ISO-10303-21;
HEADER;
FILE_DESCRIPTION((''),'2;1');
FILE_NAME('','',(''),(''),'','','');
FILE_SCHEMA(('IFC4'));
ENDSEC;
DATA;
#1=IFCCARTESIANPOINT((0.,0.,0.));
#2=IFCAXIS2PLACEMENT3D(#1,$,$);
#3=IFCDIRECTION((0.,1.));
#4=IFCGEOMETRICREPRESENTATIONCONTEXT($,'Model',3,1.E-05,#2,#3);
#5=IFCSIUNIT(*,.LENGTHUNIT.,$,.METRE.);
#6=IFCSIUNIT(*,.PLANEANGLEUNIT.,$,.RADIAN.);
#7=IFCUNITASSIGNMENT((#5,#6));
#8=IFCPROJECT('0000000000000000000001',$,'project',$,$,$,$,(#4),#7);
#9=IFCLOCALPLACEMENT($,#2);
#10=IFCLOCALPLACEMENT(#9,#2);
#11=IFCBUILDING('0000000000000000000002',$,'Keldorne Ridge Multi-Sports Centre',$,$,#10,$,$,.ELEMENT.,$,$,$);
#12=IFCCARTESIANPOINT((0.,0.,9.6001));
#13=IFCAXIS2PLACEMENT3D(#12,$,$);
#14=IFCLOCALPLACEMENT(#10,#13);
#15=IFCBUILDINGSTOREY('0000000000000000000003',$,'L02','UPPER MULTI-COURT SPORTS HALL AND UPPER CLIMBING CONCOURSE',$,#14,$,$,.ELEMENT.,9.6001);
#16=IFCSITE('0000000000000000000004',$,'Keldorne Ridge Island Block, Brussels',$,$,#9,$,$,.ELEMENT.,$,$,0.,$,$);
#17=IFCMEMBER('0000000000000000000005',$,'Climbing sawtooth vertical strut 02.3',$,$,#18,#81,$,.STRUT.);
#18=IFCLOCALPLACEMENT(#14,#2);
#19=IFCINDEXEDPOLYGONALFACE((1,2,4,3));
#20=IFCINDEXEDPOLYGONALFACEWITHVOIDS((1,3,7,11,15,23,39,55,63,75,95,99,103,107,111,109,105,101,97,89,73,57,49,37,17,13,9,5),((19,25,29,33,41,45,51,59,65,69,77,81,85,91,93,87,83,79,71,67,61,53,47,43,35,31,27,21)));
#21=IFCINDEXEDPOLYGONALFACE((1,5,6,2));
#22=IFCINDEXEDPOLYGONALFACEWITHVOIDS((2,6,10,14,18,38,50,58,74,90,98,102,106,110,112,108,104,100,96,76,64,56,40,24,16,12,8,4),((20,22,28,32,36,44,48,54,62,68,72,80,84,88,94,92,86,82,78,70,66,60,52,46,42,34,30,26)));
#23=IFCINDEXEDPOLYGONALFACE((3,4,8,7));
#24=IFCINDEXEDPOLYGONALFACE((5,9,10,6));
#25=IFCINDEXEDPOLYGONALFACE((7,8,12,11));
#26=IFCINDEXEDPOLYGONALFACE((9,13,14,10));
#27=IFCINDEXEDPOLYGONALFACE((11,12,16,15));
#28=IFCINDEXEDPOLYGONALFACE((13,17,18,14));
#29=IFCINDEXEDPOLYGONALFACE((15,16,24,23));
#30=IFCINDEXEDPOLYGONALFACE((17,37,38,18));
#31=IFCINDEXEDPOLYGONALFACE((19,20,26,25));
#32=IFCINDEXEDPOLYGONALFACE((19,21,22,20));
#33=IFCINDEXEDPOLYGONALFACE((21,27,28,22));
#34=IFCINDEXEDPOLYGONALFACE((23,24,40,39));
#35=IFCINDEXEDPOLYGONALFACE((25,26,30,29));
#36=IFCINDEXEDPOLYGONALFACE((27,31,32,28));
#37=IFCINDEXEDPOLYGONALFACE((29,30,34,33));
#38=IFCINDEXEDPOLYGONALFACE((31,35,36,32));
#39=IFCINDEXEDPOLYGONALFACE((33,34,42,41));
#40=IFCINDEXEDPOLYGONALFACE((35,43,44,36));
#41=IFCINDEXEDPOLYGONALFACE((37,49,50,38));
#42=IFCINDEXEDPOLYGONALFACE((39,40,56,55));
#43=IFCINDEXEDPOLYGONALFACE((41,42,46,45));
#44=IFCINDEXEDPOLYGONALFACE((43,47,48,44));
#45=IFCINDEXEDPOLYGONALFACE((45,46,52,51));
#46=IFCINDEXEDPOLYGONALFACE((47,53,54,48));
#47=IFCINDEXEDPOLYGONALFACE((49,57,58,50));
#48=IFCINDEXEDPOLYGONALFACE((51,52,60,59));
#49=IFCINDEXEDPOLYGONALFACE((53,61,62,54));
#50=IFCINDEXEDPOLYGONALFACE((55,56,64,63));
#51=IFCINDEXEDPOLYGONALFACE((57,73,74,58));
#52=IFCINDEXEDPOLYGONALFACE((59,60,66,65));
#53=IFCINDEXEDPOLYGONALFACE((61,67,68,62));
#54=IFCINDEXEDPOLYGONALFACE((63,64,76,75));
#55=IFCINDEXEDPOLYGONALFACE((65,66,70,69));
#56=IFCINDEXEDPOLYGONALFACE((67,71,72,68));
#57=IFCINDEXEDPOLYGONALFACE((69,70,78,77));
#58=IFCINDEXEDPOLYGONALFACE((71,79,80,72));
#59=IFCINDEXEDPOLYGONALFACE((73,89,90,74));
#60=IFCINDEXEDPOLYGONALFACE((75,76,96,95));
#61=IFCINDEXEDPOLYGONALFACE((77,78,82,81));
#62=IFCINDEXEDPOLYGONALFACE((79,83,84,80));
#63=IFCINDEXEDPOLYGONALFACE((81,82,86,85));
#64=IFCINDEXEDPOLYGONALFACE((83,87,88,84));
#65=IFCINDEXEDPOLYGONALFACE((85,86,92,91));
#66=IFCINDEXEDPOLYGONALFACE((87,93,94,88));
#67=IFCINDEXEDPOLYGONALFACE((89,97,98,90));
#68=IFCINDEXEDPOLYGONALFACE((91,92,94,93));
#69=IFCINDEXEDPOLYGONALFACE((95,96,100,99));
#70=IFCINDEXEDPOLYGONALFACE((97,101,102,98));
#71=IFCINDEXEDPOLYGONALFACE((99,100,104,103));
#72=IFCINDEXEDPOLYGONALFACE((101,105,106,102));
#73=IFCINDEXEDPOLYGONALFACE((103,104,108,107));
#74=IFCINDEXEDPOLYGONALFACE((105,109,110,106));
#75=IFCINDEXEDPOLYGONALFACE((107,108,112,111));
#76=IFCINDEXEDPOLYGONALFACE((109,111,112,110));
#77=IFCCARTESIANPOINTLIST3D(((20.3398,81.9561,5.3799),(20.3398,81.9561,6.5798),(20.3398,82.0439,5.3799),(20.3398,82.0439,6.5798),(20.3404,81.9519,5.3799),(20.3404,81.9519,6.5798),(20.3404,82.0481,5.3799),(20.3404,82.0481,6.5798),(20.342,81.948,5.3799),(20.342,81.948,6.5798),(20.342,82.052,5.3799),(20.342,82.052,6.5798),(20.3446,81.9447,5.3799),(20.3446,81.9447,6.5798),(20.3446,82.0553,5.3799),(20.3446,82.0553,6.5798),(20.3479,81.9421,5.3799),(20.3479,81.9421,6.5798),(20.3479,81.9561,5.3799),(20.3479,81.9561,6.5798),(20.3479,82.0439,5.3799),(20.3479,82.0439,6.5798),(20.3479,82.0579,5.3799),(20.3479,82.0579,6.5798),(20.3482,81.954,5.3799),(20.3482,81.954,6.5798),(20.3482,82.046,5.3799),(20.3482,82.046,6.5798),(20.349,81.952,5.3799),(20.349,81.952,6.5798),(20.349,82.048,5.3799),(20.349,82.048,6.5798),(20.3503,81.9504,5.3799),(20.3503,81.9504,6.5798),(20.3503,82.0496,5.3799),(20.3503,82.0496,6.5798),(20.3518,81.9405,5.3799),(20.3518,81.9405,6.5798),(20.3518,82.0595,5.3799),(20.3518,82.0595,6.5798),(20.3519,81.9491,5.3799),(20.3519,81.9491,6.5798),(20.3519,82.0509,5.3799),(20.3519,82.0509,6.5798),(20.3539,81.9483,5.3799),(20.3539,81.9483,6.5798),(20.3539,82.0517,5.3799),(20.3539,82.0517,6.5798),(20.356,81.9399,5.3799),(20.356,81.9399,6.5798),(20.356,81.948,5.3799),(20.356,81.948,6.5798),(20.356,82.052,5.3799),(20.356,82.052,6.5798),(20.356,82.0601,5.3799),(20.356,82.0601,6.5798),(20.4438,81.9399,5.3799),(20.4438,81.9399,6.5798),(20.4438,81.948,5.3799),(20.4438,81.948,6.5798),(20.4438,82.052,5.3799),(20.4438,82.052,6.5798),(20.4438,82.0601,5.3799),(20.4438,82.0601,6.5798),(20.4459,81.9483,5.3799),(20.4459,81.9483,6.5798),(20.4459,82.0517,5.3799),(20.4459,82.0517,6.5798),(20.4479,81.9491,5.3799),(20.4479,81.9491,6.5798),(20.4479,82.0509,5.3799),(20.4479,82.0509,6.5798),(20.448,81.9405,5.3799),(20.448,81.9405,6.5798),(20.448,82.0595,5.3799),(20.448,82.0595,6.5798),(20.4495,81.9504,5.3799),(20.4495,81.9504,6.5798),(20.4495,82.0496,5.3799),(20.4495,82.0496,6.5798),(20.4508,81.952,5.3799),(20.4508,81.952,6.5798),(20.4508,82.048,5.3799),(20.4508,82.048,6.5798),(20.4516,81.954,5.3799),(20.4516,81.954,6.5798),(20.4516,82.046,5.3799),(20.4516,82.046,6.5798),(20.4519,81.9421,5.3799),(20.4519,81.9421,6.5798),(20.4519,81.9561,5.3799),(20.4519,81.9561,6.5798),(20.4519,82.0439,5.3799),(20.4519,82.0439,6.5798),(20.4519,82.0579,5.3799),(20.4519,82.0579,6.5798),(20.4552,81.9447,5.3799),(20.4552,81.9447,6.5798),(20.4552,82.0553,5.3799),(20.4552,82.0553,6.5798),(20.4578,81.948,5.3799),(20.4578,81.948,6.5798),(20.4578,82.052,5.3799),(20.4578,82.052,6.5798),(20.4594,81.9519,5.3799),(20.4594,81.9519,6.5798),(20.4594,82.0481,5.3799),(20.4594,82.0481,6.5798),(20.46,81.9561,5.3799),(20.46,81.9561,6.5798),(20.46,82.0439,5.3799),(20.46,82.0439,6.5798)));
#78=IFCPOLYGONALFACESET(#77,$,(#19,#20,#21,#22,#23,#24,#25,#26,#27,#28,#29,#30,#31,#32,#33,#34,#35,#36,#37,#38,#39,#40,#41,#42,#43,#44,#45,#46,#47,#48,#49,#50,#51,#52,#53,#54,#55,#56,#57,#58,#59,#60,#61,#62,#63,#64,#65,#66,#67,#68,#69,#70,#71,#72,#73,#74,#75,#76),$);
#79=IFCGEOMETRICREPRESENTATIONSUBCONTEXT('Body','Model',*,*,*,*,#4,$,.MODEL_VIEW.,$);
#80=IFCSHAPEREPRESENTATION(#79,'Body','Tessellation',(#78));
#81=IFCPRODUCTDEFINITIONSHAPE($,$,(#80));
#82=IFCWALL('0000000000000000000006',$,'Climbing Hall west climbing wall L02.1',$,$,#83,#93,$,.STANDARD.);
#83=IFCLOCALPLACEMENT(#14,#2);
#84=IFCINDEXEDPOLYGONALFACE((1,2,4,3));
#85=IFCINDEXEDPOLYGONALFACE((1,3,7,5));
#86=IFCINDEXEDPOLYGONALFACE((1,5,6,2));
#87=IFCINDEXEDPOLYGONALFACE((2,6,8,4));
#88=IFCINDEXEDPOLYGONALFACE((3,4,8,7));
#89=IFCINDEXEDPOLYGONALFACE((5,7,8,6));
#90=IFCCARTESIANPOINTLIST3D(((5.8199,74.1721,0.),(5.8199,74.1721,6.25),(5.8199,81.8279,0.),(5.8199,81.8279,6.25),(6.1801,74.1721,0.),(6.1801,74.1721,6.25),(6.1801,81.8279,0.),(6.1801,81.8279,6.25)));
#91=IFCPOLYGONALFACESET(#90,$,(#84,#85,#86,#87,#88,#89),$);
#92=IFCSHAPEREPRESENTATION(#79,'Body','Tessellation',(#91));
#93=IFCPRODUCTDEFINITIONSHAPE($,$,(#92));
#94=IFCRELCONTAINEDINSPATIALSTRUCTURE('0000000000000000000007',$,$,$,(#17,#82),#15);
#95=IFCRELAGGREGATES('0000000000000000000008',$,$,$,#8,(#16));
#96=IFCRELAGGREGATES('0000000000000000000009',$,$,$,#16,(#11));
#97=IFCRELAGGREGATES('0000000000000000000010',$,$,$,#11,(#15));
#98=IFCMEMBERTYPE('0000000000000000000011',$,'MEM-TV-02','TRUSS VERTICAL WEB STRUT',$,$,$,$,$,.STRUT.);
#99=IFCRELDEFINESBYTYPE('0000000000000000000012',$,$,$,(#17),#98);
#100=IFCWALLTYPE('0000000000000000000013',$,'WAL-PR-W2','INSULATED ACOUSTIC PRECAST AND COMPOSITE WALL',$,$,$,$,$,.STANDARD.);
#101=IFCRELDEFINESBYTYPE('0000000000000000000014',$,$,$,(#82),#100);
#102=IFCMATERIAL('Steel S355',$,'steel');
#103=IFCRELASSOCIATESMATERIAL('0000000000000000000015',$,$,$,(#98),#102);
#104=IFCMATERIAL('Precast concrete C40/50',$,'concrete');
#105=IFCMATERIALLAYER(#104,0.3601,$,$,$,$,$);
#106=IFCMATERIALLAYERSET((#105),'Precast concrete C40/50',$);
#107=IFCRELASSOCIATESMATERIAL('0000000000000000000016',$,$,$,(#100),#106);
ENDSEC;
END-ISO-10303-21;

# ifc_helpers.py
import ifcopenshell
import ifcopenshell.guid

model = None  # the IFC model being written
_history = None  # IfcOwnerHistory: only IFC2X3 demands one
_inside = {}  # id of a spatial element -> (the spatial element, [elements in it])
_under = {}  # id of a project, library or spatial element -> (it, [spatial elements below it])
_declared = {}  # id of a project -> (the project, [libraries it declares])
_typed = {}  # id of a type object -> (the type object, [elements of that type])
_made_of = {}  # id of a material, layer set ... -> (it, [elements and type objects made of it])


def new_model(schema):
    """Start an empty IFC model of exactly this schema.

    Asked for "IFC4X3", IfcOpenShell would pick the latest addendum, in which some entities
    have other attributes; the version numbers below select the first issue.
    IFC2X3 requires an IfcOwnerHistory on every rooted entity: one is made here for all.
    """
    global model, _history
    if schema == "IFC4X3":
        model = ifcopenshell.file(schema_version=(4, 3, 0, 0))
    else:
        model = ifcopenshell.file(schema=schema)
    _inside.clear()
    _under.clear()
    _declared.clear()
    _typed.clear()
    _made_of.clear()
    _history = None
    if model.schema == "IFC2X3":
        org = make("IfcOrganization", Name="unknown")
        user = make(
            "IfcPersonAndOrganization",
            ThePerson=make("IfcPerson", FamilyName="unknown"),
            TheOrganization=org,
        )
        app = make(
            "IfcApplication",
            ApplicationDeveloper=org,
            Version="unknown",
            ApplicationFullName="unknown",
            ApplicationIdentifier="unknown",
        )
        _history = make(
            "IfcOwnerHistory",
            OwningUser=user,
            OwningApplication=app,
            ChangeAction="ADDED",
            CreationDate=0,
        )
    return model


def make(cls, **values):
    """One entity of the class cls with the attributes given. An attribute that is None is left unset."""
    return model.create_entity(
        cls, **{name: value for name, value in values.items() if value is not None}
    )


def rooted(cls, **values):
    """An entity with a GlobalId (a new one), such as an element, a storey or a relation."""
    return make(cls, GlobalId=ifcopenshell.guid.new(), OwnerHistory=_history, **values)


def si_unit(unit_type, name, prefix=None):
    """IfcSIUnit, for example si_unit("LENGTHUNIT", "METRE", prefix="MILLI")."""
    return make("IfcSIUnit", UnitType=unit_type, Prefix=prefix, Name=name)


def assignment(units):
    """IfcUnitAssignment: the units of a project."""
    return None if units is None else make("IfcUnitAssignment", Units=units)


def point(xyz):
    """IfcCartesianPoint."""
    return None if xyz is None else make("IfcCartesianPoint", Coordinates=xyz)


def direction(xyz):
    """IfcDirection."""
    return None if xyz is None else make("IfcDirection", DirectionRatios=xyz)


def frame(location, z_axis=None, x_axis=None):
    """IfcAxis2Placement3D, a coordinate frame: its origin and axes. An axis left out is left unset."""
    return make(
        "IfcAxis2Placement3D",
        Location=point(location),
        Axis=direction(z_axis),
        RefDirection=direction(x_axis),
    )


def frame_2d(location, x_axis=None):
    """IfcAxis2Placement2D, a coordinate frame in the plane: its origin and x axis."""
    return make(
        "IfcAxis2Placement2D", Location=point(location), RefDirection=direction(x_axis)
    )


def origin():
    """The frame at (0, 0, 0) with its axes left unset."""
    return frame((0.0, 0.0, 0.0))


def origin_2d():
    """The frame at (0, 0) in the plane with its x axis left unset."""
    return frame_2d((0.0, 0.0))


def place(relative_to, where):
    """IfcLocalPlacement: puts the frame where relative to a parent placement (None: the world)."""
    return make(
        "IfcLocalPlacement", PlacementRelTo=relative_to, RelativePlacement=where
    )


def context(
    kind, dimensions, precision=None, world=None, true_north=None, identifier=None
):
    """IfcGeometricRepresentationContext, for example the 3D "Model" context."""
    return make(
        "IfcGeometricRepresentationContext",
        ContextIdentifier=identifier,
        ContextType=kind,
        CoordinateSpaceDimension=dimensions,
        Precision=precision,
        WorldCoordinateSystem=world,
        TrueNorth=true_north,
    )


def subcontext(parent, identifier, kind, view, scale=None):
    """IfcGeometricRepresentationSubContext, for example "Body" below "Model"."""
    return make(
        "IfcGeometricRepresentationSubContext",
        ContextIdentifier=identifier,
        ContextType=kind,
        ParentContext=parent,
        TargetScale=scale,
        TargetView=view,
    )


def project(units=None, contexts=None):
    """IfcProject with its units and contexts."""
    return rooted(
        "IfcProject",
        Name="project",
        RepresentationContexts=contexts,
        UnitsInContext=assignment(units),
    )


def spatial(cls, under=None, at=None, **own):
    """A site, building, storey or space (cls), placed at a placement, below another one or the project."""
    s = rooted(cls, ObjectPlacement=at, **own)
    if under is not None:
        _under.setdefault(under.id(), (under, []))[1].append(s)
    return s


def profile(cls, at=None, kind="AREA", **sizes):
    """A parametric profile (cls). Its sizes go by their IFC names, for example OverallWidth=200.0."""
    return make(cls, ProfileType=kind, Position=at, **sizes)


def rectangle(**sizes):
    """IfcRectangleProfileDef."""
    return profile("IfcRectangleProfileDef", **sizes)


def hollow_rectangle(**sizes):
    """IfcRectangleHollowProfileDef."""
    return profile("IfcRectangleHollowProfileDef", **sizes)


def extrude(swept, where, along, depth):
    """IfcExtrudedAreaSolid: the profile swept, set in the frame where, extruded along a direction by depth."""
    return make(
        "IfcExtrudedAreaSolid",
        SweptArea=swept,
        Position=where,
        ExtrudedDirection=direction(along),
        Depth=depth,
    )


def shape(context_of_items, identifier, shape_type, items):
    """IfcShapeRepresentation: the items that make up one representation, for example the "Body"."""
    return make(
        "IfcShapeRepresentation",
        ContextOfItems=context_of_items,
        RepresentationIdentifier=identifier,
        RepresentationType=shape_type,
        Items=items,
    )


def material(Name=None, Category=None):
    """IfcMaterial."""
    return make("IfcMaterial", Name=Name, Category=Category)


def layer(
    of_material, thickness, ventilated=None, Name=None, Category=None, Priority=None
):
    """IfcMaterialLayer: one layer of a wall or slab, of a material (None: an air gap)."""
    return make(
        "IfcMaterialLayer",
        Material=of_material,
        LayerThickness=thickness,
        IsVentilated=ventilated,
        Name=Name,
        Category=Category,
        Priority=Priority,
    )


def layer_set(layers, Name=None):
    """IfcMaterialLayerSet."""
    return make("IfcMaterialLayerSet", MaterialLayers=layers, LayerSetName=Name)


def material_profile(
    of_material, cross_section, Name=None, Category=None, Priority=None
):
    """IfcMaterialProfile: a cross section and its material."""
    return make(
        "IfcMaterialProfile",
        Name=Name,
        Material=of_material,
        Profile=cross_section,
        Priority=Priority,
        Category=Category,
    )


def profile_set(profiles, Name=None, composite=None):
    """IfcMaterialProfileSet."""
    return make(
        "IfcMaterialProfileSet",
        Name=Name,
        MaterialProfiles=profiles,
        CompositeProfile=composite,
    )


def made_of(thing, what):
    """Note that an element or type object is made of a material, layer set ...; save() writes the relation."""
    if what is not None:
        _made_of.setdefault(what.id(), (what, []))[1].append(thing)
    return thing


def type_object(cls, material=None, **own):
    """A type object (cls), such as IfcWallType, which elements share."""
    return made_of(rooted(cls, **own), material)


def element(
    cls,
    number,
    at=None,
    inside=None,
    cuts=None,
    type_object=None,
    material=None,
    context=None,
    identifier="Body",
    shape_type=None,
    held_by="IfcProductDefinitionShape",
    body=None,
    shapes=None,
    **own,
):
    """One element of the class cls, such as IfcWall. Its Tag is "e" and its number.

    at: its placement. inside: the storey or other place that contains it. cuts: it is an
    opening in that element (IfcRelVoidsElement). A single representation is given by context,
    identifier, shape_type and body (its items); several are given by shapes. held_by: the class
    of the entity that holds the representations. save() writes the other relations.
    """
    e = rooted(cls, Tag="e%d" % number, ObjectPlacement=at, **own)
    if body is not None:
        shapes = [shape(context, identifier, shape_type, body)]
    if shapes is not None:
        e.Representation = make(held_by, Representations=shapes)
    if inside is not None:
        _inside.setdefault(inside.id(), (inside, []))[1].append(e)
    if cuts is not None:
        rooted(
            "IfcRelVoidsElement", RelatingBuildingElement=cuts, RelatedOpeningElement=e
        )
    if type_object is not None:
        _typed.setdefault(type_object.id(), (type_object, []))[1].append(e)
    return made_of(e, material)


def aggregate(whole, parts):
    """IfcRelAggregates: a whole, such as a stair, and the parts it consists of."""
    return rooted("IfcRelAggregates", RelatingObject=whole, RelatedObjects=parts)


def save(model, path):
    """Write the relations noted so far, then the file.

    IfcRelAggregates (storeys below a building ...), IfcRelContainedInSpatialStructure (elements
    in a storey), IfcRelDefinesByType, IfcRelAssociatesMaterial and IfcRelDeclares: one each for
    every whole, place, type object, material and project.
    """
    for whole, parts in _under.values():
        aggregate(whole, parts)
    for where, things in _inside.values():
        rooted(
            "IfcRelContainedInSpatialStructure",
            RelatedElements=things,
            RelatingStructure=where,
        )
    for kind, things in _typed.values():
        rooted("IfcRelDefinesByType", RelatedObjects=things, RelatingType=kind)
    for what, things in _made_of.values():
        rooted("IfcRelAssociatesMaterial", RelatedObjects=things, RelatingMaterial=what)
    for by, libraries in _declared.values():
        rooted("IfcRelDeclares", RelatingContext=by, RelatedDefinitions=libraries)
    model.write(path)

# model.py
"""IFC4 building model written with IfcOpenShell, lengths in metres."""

from ifc_helpers import new_model, si_unit, direction, frame, frame_2d, origin, origin_2d, place, context, subcontext, project, spatial, rectangle, hollow_rectangle, extrude, material, layer, layer_set, material_profile, profile_set, type_object, element, save


model = new_model("IFC4")

# Units and contexts
model_context = context("Model", 3, precision=1e-05, world=origin(), true_north=direction((0.0, 1.0)))
body_context = subcontext(model_context, "Body", "Model", "MODEL_VIEW")
ifc_project = project(units=[si_unit("LENGTHUNIT", "METRE"), si_unit("PLANEANGLEUNIT", "RADIAN")], contexts=[model_context])

# Site, building, storey
site_placement = place(None, origin())
site = spatial("IfcSite", under=ifc_project, at=site_placement, Name="Keldorne Ridge Island Block, Brussels", CompositionType="ELEMENT", RefElevation=0.0)
building_placement = place(site_placement, origin())
building = spatial("IfcBuilding", under=site, at=building_placement, Name="Keldorne Ridge Multi-Sports Centre", CompositionType="ELEMENT")
storey_placement = place(building_placement, frame((0.0, 0.0, 9.6001)))
storey = spatial("IfcBuildingStorey", under=building, at=storey_placement, Name="L02", Description="UPPER MULTI-COURT SPORTS HALL AND UPPER CLIMBING CONCOURSE", CompositionType="ELEMENT", Elevation=9.6001)

# Shared definitions
ifc_material_1 = material(Name="Steel S355", Category="steel")

# Member
ifc_material_profile_1 = material_profile(ifc_material_1, hollow_rectangle(XDim=0.1201, YDim=0.1201, WallThickness=0.0081, InnerFilletRadius=0.0081, OuterFilletRadius=0.0161, at=origin_2d()), Name="SHS 120x120x8")
ifc_profile_set_1 = profile_set([ifc_material_profile_1], Name="Steel S355")
member_type_1 = type_object("IfcMemberType", Name="MEM-TV-02", Description="TRUSS VERTICAL WEB STRUT", PredefinedType="STRUT", material=ifc_profile_set_1)
for number, where, z_axis, x_axis, name in (
    (1, (20.3999, 82.0, 5.3799), (0.0, 0.0, 1.0), (1.0, 0.0, 0.0), "Climbing sawtooth vertical strut 02.3"),
):
    element("IfcMember", number, at=place(storey_placement, frame(where, z_axis=z_axis, x_axis=x_axis)), inside=storey, type_object=member_type_1, Name=name, PredefinedType="STRUT", context=body_context, shape_type="SweptSolid", body=[
        extrude(hollow_rectangle(XDim=0.1201, YDim=0.1201, WallThickness=0.0081, InnerFilletRadius=0.0081, OuterFilletRadius=0.0161, at=origin_2d()), origin(), (0.0, 0.0, 1.0), 1.2),
    ])

# Wall
ifc_material_2 = material(Name="Precast concrete C40/50", Category="concrete")
ifc_layer = layer(ifc_material_2, 0.3601)
ifc_layer_set = layer_set([ifc_layer], Name="Precast concrete C40/50")
wall_type = type_object("IfcWallType", Name="WAL-PR-W2", Description="INSULATED ACOUSTIC PRECAST AND COMPOSITE WALL", PredefinedType="STANDARD", material=ifc_layer_set)
wall_placement = place(storey_placement, frame((6.0, 81.8279, 0.0), z_axis=(0.0, 0.0, 1.0), x_axis=(0.0, -1.0, 0.0)))
element("IfcWall", 2, at=wall_placement, inside=storey, type_object=wall_type, Name="Climbing Hall west climbing wall L02.1", PredefinedType="STANDARD", context=body_context, shape_type="SweptSolid", body=[
    extrude(rectangle(XDim=7.6558, YDim=0.3601, at=frame_2d((3.8279, 0.0))), origin(), (0.0, 0.0, 1.0), 6.25),
])

save(model, "model.ifc")
